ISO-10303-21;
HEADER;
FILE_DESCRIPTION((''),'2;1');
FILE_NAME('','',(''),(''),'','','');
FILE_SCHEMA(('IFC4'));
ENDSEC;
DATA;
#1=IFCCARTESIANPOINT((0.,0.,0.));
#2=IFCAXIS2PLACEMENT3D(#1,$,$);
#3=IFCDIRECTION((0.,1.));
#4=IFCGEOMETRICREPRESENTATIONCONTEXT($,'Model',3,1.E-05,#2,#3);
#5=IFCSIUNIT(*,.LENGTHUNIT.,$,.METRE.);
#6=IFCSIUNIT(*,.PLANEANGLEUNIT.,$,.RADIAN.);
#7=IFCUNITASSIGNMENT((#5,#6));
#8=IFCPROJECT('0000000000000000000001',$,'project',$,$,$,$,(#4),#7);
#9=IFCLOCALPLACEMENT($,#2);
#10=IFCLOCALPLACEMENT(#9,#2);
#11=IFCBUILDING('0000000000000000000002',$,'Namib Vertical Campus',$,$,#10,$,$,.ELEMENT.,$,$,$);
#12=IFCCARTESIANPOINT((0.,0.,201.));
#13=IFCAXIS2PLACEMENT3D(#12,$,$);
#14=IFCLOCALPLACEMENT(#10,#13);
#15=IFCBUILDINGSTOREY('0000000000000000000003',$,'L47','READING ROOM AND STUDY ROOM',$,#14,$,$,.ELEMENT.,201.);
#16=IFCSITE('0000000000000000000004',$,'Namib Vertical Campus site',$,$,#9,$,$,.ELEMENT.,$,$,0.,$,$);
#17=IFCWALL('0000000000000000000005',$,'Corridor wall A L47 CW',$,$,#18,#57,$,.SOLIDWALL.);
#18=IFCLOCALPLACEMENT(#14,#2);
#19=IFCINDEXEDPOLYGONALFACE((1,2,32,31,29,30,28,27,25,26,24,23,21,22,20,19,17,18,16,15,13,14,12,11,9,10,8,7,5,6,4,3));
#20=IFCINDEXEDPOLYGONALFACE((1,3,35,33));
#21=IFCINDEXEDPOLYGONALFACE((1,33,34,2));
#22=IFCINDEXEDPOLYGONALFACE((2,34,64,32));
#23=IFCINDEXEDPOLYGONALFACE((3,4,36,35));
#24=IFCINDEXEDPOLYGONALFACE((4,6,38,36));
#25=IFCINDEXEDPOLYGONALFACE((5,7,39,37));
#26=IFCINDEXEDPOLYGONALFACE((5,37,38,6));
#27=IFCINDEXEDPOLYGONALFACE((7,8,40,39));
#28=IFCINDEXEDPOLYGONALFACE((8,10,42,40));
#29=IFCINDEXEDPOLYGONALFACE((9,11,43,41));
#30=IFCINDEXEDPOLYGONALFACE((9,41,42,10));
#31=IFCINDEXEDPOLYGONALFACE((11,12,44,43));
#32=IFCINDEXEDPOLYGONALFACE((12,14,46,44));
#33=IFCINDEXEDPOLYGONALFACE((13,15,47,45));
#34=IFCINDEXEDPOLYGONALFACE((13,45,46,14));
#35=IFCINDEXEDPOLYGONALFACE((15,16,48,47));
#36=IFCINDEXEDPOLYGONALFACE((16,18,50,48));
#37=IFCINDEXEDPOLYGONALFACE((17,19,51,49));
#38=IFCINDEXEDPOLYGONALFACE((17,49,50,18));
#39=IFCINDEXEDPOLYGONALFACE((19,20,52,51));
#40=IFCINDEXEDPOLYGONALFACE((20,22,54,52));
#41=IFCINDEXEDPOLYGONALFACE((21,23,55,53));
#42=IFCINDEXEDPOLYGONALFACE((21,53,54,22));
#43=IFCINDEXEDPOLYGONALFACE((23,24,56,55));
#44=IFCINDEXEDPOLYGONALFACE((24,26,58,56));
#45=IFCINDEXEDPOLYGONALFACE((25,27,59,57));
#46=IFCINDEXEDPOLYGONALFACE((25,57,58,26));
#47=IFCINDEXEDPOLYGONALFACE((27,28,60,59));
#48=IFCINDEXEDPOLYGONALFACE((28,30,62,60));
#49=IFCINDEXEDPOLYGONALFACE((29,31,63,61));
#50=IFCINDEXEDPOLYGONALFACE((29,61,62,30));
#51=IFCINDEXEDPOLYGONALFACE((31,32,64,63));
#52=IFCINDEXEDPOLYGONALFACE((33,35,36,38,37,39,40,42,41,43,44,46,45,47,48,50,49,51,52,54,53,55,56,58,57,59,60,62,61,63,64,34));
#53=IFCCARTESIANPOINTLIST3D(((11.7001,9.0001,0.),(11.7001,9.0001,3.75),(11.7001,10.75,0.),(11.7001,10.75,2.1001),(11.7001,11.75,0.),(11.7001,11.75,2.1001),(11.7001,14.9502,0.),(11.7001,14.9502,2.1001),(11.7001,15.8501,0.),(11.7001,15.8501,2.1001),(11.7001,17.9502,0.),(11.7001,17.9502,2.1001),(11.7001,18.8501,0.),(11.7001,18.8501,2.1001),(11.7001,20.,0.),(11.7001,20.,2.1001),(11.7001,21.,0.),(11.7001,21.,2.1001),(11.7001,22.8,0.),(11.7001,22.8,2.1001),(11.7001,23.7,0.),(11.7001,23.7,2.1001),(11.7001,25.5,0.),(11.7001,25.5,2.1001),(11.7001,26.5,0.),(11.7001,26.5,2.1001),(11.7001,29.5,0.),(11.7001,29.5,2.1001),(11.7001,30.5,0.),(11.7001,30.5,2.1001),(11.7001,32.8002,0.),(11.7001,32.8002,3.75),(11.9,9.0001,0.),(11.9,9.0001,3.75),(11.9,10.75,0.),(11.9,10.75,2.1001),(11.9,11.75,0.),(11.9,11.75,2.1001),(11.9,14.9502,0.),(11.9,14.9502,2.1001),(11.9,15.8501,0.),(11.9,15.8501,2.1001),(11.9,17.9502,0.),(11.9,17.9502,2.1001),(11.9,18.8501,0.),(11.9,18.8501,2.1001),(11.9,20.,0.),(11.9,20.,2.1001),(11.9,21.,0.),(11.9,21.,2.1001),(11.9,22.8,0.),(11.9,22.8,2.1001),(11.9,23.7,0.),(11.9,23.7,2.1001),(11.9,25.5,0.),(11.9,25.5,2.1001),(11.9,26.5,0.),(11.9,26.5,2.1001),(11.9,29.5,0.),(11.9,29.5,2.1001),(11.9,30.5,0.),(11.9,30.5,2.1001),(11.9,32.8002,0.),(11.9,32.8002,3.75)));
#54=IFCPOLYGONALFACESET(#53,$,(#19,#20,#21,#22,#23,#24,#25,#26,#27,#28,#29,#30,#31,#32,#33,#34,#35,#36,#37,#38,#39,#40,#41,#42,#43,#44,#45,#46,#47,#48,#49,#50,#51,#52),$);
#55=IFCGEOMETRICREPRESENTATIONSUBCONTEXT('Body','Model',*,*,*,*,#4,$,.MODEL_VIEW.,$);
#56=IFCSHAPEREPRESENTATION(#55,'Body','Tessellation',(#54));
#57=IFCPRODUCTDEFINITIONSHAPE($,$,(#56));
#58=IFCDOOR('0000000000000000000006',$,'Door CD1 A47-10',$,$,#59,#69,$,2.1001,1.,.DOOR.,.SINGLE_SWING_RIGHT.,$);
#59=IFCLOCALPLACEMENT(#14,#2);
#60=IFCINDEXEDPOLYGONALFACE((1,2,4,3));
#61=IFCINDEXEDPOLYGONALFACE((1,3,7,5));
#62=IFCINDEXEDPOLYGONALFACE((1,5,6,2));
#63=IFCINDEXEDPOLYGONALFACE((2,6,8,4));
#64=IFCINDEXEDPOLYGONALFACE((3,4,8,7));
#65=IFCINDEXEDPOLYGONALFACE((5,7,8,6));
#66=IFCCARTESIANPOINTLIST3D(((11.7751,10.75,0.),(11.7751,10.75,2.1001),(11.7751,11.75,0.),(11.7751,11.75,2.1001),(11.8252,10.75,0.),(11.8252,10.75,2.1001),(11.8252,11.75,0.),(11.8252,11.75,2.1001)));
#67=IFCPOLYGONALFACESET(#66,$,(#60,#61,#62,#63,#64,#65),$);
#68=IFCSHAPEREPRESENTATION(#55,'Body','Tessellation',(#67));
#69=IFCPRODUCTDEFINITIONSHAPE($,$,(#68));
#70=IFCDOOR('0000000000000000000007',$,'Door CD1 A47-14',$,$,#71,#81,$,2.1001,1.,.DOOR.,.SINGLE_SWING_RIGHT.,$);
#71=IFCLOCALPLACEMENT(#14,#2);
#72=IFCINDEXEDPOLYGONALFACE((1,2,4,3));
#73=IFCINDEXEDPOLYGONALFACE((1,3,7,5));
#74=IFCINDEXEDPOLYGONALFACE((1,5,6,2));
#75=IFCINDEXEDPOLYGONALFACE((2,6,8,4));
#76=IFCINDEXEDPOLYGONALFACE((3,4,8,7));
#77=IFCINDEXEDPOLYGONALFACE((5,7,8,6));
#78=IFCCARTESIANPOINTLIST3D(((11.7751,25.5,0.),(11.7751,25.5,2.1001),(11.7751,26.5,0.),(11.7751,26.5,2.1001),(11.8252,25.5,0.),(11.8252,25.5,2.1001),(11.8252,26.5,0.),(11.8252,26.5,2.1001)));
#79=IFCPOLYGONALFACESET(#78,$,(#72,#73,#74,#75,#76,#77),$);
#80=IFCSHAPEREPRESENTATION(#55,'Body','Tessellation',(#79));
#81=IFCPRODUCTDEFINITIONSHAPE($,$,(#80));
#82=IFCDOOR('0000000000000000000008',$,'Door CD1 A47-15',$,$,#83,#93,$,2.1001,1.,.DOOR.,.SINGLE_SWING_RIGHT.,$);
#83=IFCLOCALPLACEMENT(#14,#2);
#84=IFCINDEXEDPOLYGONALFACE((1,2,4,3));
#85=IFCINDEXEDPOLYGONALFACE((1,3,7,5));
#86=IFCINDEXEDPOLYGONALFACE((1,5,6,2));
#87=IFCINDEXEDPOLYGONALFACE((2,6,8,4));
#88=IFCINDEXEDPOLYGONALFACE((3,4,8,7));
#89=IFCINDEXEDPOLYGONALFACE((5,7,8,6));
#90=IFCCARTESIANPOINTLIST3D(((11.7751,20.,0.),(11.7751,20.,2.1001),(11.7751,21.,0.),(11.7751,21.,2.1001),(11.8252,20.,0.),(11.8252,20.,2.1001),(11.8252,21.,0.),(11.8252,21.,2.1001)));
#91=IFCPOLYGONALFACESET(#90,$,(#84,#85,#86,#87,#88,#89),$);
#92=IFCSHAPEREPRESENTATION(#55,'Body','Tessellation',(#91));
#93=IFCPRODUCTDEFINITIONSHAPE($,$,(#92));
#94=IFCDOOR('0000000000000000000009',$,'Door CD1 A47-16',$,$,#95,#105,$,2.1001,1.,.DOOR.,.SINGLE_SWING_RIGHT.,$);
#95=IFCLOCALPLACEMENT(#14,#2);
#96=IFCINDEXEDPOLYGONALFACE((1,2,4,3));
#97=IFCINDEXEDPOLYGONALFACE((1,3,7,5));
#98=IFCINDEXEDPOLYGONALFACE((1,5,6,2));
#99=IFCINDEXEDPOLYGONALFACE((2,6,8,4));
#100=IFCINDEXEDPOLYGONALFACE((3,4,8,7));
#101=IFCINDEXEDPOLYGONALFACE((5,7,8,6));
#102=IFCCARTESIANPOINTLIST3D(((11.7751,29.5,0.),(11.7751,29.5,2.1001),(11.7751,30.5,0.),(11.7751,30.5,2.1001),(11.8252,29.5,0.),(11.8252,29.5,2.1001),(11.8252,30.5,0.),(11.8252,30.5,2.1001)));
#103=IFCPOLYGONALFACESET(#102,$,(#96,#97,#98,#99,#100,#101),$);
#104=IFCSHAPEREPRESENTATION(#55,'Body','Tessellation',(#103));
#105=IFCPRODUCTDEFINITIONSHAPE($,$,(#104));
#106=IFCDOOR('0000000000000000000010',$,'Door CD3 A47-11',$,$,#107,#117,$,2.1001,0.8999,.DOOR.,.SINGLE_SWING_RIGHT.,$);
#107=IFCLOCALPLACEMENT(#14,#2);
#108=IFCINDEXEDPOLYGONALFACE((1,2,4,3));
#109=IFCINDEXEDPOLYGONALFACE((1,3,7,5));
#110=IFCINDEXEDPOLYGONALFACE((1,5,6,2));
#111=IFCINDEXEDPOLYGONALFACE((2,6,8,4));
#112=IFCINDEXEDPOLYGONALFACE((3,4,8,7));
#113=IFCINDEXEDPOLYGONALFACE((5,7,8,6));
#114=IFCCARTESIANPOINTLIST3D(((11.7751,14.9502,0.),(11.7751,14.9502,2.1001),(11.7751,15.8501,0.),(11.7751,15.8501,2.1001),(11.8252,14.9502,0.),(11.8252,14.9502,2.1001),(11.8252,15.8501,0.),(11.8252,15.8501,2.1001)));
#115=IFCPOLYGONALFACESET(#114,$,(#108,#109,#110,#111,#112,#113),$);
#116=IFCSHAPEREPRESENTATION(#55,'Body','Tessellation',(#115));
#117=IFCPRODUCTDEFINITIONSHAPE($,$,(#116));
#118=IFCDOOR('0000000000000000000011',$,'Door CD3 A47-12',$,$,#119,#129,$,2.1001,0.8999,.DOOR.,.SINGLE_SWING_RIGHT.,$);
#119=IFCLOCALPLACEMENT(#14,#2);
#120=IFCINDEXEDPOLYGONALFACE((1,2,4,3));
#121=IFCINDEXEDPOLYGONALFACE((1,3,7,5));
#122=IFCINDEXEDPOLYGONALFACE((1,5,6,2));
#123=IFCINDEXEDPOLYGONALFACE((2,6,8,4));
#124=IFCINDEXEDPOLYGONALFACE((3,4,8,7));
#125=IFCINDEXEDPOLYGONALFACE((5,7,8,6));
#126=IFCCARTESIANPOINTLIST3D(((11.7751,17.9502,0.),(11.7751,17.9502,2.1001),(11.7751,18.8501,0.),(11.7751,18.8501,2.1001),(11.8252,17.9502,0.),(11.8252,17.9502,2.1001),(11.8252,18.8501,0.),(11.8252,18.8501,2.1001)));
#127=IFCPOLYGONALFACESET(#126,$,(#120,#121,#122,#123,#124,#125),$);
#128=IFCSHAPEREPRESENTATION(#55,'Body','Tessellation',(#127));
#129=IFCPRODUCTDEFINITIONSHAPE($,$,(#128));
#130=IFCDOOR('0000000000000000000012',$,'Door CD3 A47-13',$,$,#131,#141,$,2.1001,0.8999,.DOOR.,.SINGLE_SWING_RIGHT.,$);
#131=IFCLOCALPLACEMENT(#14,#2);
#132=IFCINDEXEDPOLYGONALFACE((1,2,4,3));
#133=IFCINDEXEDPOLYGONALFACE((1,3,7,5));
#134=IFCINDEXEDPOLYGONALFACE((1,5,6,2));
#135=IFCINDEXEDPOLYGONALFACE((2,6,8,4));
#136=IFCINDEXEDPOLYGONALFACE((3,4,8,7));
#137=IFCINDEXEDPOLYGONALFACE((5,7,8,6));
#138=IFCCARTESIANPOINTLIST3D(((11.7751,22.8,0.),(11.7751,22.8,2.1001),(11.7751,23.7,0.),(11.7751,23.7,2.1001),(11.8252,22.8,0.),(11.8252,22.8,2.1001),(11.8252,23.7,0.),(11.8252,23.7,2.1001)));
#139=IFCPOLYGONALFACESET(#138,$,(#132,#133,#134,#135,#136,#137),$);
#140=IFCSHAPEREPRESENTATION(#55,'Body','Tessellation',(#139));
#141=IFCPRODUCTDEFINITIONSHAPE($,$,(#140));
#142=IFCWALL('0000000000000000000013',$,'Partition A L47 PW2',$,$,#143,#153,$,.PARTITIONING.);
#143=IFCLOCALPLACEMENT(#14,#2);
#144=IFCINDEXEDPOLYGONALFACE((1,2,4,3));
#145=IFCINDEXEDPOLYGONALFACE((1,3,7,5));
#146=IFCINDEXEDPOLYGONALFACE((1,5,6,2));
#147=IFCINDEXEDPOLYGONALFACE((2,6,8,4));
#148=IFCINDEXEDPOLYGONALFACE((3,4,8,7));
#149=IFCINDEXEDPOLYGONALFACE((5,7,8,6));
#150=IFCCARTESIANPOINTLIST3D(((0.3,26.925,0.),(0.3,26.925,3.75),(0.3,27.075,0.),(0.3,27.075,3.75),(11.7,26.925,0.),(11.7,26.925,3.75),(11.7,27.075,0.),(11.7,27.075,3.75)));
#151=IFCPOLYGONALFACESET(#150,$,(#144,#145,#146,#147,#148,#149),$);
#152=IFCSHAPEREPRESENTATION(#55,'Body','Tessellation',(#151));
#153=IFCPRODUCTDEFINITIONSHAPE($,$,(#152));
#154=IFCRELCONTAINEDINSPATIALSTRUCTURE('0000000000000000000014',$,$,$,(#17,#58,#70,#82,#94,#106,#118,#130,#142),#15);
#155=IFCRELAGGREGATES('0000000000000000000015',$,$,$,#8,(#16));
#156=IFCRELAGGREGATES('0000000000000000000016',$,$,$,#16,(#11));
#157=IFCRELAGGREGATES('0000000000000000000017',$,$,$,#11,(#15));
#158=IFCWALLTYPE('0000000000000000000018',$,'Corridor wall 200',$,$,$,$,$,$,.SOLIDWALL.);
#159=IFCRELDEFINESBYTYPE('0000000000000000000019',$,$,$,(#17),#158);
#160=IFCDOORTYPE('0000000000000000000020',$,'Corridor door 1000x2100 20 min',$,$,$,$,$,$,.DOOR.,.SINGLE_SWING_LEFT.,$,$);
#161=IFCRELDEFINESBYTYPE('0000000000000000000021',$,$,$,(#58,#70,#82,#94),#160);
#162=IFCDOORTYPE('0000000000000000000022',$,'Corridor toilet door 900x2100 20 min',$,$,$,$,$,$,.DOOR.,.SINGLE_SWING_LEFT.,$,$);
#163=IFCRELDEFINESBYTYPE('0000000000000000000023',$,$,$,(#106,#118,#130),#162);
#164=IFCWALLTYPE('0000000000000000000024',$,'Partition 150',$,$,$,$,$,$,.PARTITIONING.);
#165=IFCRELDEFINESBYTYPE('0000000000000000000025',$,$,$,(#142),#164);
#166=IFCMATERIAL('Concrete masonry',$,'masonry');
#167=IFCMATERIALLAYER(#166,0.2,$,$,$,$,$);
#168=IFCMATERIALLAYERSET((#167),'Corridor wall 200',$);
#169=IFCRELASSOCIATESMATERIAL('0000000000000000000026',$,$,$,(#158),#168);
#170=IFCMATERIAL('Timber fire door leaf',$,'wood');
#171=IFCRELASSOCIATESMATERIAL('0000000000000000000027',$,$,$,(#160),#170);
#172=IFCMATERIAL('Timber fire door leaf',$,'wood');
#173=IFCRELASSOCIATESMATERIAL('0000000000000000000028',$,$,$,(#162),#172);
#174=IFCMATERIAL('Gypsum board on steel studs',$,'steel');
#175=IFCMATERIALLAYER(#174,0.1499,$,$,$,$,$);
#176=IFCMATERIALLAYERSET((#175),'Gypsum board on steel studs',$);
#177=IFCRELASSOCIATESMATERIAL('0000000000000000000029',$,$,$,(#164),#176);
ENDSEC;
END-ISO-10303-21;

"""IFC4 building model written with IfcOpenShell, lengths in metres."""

from ifc_helpers import new_model, si_unit, direction, frame, frame_2d, origin, place, context, subcontext, project, spatial, rectangle, extrude, material, layer, layer_set, type_object, element, fill, save


model = new_model("IFC4")

# Units and contexts
model_context = context("Model", 3, precision=1e-05, world=origin(), true_north=direction((0.0, 1.0)))
body_context = subcontext(model_context, "Body", "Model", "MODEL_VIEW")
ifc_project = project(units=[si_unit("LENGTHUNIT", "METRE"), si_unit("PLANEANGLEUNIT", "RADIAN")], contexts=[model_context])

# Site, building, storey
site_placement = place(None, origin())
site = spatial("IfcSite", under=ifc_project, at=site_placement, Name="Namib Vertical Campus site", CompositionType="ELEMENT", RefElevation=0.0)
building_placement = place(site_placement, origin())
building = spatial("IfcBuilding", under=site, at=building_placement, Name="Namib Vertical Campus", CompositionType="ELEMENT")
storey_placement = place(building_placement, frame((0.0, 0.0, 201.0)))
storey = spatial("IfcBuildingStorey", under=building, at=storey_placement, Name="L47", Description="READING ROOM AND STUDY ROOM", CompositionType="ELEMENT", Elevation=201.0)

# Wall, openings, doors
ifc_material_1 = material(Name="Concrete masonry", Category="masonry")
ifc_layer_1 = layer(ifc_material_1, 0.2)
ifc_layer_set_1 = layer_set([ifc_layer_1], Name="Corridor wall 200")
wall_type_1 = type_object("IfcWallType", Name="Corridor wall 200", PredefinedType="SOLIDWALL", material=ifc_layer_set_1)
wall_1_placement = place(storey_placement, frame((11.8, 32.8, 0.0), z_axis=(0.0, 0.0, 1.0), x_axis=(0.0, -1.0, 0.0)))
wall_1 = element("IfcWall", 1, at=wall_1_placement, inside=storey, type_object=wall_type_1, Name="Corridor wall A L47 CW", PredefinedType="SOLIDWALL", context=body_context, shape_type="SweptSolid", body=[
    extrude(rectangle(XDim=23.8, YDim=0.2, at=frame_2d((11.8999, 0.0))), origin(), (0.0, 0.0, 1.0), 3.75),
])
opening_1_placement = place(wall_1_placement, frame((21.05, 0.0, 0.0)))
opening_1 = element("IfcOpeningElement", 2, at=opening_1_placement, cuts=wall_1, PredefinedType="OPENING", context=body_context, shape_type="SweptSolid", body=[
    extrude(rectangle(XDim=1.0, YDim=2.1001, at=frame_2d((0.5, 1.05))), frame((0.0, 0.1099, 0.0), z_axis=(0.0, -1.0, 0.0), x_axis=(1.0, 0.0, 0.0)), (0.0, 0.0, 1.0), 0.22),
])
opening_2_placement = place(wall_1_placement, frame((16.95, 0.0, 0.0)))
opening_2 = element("IfcOpeningElement", 3, at=opening_2_placement, cuts=wall_1, PredefinedType="OPENING", context=body_context, shape_type="SweptSolid", body=[
    extrude(rectangle(XDim=0.8999, YDim=2.1001, at=frame_2d((0.45, 1.05))), frame((0.0, 0.1099, 0.0), z_axis=(0.0, -1.0, 0.0), x_axis=(1.0, 0.0, 0.0)), (0.0, 0.0, 1.0), 0.22),
])
opening_3_placement = place(wall_1_placement, frame((13.95, 0.0, 0.0)))
opening_3 = element("IfcOpeningElement", 4, at=opening_3_placement, cuts=wall_1, PredefinedType="OPENING", context=body_context, shape_type="SweptSolid", body=[
    extrude(rectangle(XDim=0.8999, YDim=2.1001, at=frame_2d((0.45, 1.05))), frame((0.0, 0.1099, 0.0), z_axis=(0.0, -1.0, 0.0), x_axis=(1.0, 0.0, 0.0)), (0.0, 0.0, 1.0), 0.22),
])
opening_4_placement = place(wall_1_placement, frame((9.1001, 0.0, 0.0)))
opening_4 = element("IfcOpeningElement", 5, at=opening_4_placement, cuts=wall_1, PredefinedType="OPENING", context=body_context, shape_type="SweptSolid", body=[
    extrude(rectangle(XDim=0.8999, YDim=2.1001, at=frame_2d((0.45, 1.05))), frame((0.0, 0.1099, 0.0), z_axis=(0.0, -1.0, 0.0), x_axis=(1.0, 0.0, 0.0)), (0.0, 0.0, 1.0), 0.22),
])
opening_5_placement = place(wall_1_placement, frame((6.3, 0.0, 0.0)))
opening_5 = element("IfcOpeningElement", 6, at=opening_5_placement, cuts=wall_1, PredefinedType="OPENING", context=body_context, shape_type="SweptSolid", body=[
    extrude(rectangle(XDim=1.0, YDim=2.1001, at=frame_2d((0.5, 1.05))), frame((0.0, 0.1099, 0.0), z_axis=(0.0, -1.0, 0.0), x_axis=(1.0, 0.0, 0.0)), (0.0, 0.0, 1.0), 0.22),
])
opening_6_placement = place(wall_1_placement, frame((11.8, 0.0, 0.0)))
opening_6 = element("IfcOpeningElement", 7, at=opening_6_placement, cuts=wall_1, PredefinedType="OPENING", context=body_context, shape_type="SweptSolid", body=[
    extrude(rectangle(XDim=1.0, YDim=2.1001, at=frame_2d((0.5, 1.05))), frame((0.0, 0.1099, 0.0), z_axis=(0.0, -1.0, 0.0), x_axis=(1.0, 0.0, 0.0)), (0.0, 0.0, 1.0), 0.22),
])
opening_7_placement = place(wall_1_placement, frame((2.3, 0.0, 0.0)))
opening_7 = element("IfcOpeningElement", 8, at=opening_7_placement, cuts=wall_1, PredefinedType="OPENING", context=body_context, shape_type="SweptSolid", body=[
    extrude(rectangle(XDim=1.0, YDim=2.1001, at=frame_2d((0.5, 1.05))), frame((0.0, 0.1099, 0.0), z_axis=(0.0, -1.0, 0.0), x_axis=(1.0, 0.0, 0.0)), (0.0, 0.0, 1.0), 0.22),
])
ifc_material_2 = material(Name="Timber fire door leaf", Category="wood")
door_type_1 = type_object("IfcDoorType", Name="Corridor door 1000x2100 20 min", OperationType="SINGLE_SWING_LEFT", PredefinedType="DOOR", material=ifc_material_2)
door_1_placement = place(opening_1_placement, frame((1.0, 0.0, 0.0), z_axis=(0.0, 0.0, 1.0), x_axis=(-1.0, 0.0, 0.0)))
door_1 = element("IfcDoor", 9, at=door_1_placement, inside=storey, type_object=door_type_1, Name="Door CD1 A47-10", OperationType="SINGLE_SWING_RIGHT", OverallHeight=2.1001, OverallWidth=1.0, PredefinedType="DOOR", context=body_context, shape_type="SweptSolid", body=[
    extrude(rectangle(XDim=1.0, YDim=2.1001, at=frame_2d((0.5, 1.05))), frame((0.0, 0.0249, 0.0), z_axis=(0.0, -1.0, 0.0), x_axis=(1.0, 0.0, 0.0)), (0.0, 0.0, 1.0), 0.05),
])
fill(opening_1, door_1)
door_2_placement = place(opening_5_placement, frame((1.0, 0.0, 0.0), z_axis=(0.0, 0.0, 1.0), x_axis=(-1.0, 0.0, 0.0)))
door_2 = element("IfcDoor", 10, at=door_2_placement, inside=storey, type_object=door_type_1, Name="Door CD1 A47-14", OperationType="SINGLE_SWING_RIGHT", OverallHeight=2.1001, OverallWidth=1.0, PredefinedType="DOOR", context=body_context, shape_type="SweptSolid", body=[
    extrude(rectangle(XDim=1.0, YDim=2.1001, at=frame_2d((0.5, 1.05))), frame((0.0, 0.0249, 0.0), z_axis=(0.0, -1.0, 0.0), x_axis=(1.0, 0.0, 0.0)), (0.0, 0.0, 1.0), 0.05),
])
fill(opening_5, door_2)
door_3_placement = place(opening_6_placement, frame((1.0, 0.0, 0.0), z_axis=(0.0, 0.0, 1.0), x_axis=(-1.0, 0.0, 0.0)))
door_3 = element("IfcDoor", 11, at=door_3_placement, inside=storey, type_object=door_type_1, Name="Door CD1 A47-15", OperationType="SINGLE_SWING_RIGHT", OverallHeight=2.1001, OverallWidth=1.0, PredefinedType="DOOR", context=body_context, shape_type="SweptSolid", body=[
    extrude(rectangle(XDim=1.0, YDim=2.1001, at=frame_2d((0.5, 1.05))), frame((0.0, 0.0249, 0.0), z_axis=(0.0, -1.0, 0.0), x_axis=(1.0, 0.0, 0.0)), (0.0, 0.0, 1.0), 0.05),
])
fill(opening_6, door_3)
door_4_placement = place(opening_7_placement, frame((1.0, 0.0, 0.0), z_axis=(0.0, 0.0, 1.0), x_axis=(-1.0, 0.0, 0.0)))
door_4 = element("IfcDoor", 12, at=door_4_placement, inside=storey, type_object=door_type_1, Name="Door CD1 A47-16", OperationType="SINGLE_SWING_RIGHT", OverallHeight=2.1001, OverallWidth=1.0, PredefinedType="DOOR", context=body_context, shape_type="SweptSolid", body=[
    extrude(rectangle(XDim=1.0, YDim=2.1001, at=frame_2d((0.5, 1.05))), frame((0.0, 0.0249, 0.0), z_axis=(0.0, -1.0, 0.0), x_axis=(1.0, 0.0, 0.0)), (0.0, 0.0, 1.0), 0.05),
])
fill(opening_7, door_4)
ifc_material_3 = material(Name="Timber fire door leaf", Category="wood")
door_type_2 = type_object("IfcDoorType", Name="Corridor toilet door 900x2100 20 min", OperationType="SINGLE_SWING_LEFT", PredefinedType="DOOR", material=ifc_material_3)
door_5_placement = place(opening_2_placement, frame((0.8999, 0.0, 0.0), z_axis=(0.0, 0.0, 1.0), x_axis=(-1.0, 0.0, 0.0)))
door_5 = element("IfcDoor", 13, at=door_5_placement, inside=storey, type_object=door_type_2, Name="Door CD3 A47-11", OperationType="SINGLE_SWING_RIGHT", OverallHeight=2.1001, OverallWidth=0.8999, PredefinedType="DOOR", context=body_context, shape_type="SweptSolid", body=[
    extrude(rectangle(XDim=0.8999, YDim=2.1001, at=frame_2d((0.45, 1.05))), frame((0.0, 0.0249, 0.0), z_axis=(0.0, -1.0, 0.0), x_axis=(1.0, 0.0, 0.0)), (0.0, 0.0, 1.0), 0.05),
])
fill(opening_2, door_5)
door_6_placement = place(opening_3_placement, frame((0.8999, 0.0, 0.0), z_axis=(0.0, 0.0, 1.0), x_axis=(-1.0, 0.0, 0.0)))
door_6 = element("IfcDoor", 14, at=door_6_placement, inside=storey, type_object=door_type_2, Name="Door CD3 A47-12", OperationType="SINGLE_SWING_RIGHT", OverallHeight=2.1001, OverallWidth=0.8999, PredefinedType="DOOR", context=body_context, shape_type="SweptSolid", body=[
    extrude(rectangle(XDim=0.8999, YDim=2.1001, at=frame_2d((0.45, 1.05))), frame((0.0, 0.0249, 0.0), z_axis=(0.0, -1.0, 0.0), x_axis=(1.0, 0.0, 0.0)), (0.0, 0.0, 1.0), 0.05),
])
fill(opening_3, door_6)
door_7_placement = place(opening_4_placement, frame((0.8999, 0.0, 0.0), z_axis=(0.0, 0.0, 1.0), x_axis=(-1.0, 0.0, 0.0)))
door_7 = element("IfcDoor", 15, at=door_7_placement, inside=storey, type_object=door_type_2, Name="Door CD3 A47-13", OperationType="SINGLE_SWING_RIGHT", OverallHeight=2.1001, OverallWidth=0.8999, PredefinedType="DOOR", context=body_context, shape_type="SweptSolid", body=[
    extrude(rectangle(XDim=0.8999, YDim=2.1001, at=frame_2d((0.45, 1.05))), frame((0.0, 0.0249, 0.0), z_axis=(0.0, -1.0, 0.0), x_axis=(1.0, 0.0, 0.0)), (0.0, 0.0, 1.0), 0.05),
])
fill(opening_4, door_7)

# Wall
ifc_material_4 = material(Name="Gypsum board on steel studs", Category="steel")
ifc_layer_2 = layer(ifc_material_4, 0.1499)
ifc_layer_set_2 = layer_set([ifc_layer_2], Name="Gypsum board on steel studs")
wall_type_2 = type_object("IfcWallType", Name="Partition 150", PredefinedType="PARTITIONING", material=ifc_layer_set_2)
wall_2_placement = place(storey_placement, frame((0.3, 27.0, 0.0), z_axis=(0.0, 0.0, 1.0), x_axis=(1.0, 0.0, 0.0)))
element("IfcWall", 16, at=wall_2_placement, inside=storey, type_object=wall_type_2, Name="Partition A L47 PW2", PredefinedType="PARTITIONING", context=body_context, shape_type="SweptSolid", body=[
    extrude(rectangle(XDim=11.3999, YDim=0.1499, at=frame_2d((5.7, 0.0))), origin(), (0.0, 0.0, 1.0), 3.75),
])

save(model, "model.ifc")
